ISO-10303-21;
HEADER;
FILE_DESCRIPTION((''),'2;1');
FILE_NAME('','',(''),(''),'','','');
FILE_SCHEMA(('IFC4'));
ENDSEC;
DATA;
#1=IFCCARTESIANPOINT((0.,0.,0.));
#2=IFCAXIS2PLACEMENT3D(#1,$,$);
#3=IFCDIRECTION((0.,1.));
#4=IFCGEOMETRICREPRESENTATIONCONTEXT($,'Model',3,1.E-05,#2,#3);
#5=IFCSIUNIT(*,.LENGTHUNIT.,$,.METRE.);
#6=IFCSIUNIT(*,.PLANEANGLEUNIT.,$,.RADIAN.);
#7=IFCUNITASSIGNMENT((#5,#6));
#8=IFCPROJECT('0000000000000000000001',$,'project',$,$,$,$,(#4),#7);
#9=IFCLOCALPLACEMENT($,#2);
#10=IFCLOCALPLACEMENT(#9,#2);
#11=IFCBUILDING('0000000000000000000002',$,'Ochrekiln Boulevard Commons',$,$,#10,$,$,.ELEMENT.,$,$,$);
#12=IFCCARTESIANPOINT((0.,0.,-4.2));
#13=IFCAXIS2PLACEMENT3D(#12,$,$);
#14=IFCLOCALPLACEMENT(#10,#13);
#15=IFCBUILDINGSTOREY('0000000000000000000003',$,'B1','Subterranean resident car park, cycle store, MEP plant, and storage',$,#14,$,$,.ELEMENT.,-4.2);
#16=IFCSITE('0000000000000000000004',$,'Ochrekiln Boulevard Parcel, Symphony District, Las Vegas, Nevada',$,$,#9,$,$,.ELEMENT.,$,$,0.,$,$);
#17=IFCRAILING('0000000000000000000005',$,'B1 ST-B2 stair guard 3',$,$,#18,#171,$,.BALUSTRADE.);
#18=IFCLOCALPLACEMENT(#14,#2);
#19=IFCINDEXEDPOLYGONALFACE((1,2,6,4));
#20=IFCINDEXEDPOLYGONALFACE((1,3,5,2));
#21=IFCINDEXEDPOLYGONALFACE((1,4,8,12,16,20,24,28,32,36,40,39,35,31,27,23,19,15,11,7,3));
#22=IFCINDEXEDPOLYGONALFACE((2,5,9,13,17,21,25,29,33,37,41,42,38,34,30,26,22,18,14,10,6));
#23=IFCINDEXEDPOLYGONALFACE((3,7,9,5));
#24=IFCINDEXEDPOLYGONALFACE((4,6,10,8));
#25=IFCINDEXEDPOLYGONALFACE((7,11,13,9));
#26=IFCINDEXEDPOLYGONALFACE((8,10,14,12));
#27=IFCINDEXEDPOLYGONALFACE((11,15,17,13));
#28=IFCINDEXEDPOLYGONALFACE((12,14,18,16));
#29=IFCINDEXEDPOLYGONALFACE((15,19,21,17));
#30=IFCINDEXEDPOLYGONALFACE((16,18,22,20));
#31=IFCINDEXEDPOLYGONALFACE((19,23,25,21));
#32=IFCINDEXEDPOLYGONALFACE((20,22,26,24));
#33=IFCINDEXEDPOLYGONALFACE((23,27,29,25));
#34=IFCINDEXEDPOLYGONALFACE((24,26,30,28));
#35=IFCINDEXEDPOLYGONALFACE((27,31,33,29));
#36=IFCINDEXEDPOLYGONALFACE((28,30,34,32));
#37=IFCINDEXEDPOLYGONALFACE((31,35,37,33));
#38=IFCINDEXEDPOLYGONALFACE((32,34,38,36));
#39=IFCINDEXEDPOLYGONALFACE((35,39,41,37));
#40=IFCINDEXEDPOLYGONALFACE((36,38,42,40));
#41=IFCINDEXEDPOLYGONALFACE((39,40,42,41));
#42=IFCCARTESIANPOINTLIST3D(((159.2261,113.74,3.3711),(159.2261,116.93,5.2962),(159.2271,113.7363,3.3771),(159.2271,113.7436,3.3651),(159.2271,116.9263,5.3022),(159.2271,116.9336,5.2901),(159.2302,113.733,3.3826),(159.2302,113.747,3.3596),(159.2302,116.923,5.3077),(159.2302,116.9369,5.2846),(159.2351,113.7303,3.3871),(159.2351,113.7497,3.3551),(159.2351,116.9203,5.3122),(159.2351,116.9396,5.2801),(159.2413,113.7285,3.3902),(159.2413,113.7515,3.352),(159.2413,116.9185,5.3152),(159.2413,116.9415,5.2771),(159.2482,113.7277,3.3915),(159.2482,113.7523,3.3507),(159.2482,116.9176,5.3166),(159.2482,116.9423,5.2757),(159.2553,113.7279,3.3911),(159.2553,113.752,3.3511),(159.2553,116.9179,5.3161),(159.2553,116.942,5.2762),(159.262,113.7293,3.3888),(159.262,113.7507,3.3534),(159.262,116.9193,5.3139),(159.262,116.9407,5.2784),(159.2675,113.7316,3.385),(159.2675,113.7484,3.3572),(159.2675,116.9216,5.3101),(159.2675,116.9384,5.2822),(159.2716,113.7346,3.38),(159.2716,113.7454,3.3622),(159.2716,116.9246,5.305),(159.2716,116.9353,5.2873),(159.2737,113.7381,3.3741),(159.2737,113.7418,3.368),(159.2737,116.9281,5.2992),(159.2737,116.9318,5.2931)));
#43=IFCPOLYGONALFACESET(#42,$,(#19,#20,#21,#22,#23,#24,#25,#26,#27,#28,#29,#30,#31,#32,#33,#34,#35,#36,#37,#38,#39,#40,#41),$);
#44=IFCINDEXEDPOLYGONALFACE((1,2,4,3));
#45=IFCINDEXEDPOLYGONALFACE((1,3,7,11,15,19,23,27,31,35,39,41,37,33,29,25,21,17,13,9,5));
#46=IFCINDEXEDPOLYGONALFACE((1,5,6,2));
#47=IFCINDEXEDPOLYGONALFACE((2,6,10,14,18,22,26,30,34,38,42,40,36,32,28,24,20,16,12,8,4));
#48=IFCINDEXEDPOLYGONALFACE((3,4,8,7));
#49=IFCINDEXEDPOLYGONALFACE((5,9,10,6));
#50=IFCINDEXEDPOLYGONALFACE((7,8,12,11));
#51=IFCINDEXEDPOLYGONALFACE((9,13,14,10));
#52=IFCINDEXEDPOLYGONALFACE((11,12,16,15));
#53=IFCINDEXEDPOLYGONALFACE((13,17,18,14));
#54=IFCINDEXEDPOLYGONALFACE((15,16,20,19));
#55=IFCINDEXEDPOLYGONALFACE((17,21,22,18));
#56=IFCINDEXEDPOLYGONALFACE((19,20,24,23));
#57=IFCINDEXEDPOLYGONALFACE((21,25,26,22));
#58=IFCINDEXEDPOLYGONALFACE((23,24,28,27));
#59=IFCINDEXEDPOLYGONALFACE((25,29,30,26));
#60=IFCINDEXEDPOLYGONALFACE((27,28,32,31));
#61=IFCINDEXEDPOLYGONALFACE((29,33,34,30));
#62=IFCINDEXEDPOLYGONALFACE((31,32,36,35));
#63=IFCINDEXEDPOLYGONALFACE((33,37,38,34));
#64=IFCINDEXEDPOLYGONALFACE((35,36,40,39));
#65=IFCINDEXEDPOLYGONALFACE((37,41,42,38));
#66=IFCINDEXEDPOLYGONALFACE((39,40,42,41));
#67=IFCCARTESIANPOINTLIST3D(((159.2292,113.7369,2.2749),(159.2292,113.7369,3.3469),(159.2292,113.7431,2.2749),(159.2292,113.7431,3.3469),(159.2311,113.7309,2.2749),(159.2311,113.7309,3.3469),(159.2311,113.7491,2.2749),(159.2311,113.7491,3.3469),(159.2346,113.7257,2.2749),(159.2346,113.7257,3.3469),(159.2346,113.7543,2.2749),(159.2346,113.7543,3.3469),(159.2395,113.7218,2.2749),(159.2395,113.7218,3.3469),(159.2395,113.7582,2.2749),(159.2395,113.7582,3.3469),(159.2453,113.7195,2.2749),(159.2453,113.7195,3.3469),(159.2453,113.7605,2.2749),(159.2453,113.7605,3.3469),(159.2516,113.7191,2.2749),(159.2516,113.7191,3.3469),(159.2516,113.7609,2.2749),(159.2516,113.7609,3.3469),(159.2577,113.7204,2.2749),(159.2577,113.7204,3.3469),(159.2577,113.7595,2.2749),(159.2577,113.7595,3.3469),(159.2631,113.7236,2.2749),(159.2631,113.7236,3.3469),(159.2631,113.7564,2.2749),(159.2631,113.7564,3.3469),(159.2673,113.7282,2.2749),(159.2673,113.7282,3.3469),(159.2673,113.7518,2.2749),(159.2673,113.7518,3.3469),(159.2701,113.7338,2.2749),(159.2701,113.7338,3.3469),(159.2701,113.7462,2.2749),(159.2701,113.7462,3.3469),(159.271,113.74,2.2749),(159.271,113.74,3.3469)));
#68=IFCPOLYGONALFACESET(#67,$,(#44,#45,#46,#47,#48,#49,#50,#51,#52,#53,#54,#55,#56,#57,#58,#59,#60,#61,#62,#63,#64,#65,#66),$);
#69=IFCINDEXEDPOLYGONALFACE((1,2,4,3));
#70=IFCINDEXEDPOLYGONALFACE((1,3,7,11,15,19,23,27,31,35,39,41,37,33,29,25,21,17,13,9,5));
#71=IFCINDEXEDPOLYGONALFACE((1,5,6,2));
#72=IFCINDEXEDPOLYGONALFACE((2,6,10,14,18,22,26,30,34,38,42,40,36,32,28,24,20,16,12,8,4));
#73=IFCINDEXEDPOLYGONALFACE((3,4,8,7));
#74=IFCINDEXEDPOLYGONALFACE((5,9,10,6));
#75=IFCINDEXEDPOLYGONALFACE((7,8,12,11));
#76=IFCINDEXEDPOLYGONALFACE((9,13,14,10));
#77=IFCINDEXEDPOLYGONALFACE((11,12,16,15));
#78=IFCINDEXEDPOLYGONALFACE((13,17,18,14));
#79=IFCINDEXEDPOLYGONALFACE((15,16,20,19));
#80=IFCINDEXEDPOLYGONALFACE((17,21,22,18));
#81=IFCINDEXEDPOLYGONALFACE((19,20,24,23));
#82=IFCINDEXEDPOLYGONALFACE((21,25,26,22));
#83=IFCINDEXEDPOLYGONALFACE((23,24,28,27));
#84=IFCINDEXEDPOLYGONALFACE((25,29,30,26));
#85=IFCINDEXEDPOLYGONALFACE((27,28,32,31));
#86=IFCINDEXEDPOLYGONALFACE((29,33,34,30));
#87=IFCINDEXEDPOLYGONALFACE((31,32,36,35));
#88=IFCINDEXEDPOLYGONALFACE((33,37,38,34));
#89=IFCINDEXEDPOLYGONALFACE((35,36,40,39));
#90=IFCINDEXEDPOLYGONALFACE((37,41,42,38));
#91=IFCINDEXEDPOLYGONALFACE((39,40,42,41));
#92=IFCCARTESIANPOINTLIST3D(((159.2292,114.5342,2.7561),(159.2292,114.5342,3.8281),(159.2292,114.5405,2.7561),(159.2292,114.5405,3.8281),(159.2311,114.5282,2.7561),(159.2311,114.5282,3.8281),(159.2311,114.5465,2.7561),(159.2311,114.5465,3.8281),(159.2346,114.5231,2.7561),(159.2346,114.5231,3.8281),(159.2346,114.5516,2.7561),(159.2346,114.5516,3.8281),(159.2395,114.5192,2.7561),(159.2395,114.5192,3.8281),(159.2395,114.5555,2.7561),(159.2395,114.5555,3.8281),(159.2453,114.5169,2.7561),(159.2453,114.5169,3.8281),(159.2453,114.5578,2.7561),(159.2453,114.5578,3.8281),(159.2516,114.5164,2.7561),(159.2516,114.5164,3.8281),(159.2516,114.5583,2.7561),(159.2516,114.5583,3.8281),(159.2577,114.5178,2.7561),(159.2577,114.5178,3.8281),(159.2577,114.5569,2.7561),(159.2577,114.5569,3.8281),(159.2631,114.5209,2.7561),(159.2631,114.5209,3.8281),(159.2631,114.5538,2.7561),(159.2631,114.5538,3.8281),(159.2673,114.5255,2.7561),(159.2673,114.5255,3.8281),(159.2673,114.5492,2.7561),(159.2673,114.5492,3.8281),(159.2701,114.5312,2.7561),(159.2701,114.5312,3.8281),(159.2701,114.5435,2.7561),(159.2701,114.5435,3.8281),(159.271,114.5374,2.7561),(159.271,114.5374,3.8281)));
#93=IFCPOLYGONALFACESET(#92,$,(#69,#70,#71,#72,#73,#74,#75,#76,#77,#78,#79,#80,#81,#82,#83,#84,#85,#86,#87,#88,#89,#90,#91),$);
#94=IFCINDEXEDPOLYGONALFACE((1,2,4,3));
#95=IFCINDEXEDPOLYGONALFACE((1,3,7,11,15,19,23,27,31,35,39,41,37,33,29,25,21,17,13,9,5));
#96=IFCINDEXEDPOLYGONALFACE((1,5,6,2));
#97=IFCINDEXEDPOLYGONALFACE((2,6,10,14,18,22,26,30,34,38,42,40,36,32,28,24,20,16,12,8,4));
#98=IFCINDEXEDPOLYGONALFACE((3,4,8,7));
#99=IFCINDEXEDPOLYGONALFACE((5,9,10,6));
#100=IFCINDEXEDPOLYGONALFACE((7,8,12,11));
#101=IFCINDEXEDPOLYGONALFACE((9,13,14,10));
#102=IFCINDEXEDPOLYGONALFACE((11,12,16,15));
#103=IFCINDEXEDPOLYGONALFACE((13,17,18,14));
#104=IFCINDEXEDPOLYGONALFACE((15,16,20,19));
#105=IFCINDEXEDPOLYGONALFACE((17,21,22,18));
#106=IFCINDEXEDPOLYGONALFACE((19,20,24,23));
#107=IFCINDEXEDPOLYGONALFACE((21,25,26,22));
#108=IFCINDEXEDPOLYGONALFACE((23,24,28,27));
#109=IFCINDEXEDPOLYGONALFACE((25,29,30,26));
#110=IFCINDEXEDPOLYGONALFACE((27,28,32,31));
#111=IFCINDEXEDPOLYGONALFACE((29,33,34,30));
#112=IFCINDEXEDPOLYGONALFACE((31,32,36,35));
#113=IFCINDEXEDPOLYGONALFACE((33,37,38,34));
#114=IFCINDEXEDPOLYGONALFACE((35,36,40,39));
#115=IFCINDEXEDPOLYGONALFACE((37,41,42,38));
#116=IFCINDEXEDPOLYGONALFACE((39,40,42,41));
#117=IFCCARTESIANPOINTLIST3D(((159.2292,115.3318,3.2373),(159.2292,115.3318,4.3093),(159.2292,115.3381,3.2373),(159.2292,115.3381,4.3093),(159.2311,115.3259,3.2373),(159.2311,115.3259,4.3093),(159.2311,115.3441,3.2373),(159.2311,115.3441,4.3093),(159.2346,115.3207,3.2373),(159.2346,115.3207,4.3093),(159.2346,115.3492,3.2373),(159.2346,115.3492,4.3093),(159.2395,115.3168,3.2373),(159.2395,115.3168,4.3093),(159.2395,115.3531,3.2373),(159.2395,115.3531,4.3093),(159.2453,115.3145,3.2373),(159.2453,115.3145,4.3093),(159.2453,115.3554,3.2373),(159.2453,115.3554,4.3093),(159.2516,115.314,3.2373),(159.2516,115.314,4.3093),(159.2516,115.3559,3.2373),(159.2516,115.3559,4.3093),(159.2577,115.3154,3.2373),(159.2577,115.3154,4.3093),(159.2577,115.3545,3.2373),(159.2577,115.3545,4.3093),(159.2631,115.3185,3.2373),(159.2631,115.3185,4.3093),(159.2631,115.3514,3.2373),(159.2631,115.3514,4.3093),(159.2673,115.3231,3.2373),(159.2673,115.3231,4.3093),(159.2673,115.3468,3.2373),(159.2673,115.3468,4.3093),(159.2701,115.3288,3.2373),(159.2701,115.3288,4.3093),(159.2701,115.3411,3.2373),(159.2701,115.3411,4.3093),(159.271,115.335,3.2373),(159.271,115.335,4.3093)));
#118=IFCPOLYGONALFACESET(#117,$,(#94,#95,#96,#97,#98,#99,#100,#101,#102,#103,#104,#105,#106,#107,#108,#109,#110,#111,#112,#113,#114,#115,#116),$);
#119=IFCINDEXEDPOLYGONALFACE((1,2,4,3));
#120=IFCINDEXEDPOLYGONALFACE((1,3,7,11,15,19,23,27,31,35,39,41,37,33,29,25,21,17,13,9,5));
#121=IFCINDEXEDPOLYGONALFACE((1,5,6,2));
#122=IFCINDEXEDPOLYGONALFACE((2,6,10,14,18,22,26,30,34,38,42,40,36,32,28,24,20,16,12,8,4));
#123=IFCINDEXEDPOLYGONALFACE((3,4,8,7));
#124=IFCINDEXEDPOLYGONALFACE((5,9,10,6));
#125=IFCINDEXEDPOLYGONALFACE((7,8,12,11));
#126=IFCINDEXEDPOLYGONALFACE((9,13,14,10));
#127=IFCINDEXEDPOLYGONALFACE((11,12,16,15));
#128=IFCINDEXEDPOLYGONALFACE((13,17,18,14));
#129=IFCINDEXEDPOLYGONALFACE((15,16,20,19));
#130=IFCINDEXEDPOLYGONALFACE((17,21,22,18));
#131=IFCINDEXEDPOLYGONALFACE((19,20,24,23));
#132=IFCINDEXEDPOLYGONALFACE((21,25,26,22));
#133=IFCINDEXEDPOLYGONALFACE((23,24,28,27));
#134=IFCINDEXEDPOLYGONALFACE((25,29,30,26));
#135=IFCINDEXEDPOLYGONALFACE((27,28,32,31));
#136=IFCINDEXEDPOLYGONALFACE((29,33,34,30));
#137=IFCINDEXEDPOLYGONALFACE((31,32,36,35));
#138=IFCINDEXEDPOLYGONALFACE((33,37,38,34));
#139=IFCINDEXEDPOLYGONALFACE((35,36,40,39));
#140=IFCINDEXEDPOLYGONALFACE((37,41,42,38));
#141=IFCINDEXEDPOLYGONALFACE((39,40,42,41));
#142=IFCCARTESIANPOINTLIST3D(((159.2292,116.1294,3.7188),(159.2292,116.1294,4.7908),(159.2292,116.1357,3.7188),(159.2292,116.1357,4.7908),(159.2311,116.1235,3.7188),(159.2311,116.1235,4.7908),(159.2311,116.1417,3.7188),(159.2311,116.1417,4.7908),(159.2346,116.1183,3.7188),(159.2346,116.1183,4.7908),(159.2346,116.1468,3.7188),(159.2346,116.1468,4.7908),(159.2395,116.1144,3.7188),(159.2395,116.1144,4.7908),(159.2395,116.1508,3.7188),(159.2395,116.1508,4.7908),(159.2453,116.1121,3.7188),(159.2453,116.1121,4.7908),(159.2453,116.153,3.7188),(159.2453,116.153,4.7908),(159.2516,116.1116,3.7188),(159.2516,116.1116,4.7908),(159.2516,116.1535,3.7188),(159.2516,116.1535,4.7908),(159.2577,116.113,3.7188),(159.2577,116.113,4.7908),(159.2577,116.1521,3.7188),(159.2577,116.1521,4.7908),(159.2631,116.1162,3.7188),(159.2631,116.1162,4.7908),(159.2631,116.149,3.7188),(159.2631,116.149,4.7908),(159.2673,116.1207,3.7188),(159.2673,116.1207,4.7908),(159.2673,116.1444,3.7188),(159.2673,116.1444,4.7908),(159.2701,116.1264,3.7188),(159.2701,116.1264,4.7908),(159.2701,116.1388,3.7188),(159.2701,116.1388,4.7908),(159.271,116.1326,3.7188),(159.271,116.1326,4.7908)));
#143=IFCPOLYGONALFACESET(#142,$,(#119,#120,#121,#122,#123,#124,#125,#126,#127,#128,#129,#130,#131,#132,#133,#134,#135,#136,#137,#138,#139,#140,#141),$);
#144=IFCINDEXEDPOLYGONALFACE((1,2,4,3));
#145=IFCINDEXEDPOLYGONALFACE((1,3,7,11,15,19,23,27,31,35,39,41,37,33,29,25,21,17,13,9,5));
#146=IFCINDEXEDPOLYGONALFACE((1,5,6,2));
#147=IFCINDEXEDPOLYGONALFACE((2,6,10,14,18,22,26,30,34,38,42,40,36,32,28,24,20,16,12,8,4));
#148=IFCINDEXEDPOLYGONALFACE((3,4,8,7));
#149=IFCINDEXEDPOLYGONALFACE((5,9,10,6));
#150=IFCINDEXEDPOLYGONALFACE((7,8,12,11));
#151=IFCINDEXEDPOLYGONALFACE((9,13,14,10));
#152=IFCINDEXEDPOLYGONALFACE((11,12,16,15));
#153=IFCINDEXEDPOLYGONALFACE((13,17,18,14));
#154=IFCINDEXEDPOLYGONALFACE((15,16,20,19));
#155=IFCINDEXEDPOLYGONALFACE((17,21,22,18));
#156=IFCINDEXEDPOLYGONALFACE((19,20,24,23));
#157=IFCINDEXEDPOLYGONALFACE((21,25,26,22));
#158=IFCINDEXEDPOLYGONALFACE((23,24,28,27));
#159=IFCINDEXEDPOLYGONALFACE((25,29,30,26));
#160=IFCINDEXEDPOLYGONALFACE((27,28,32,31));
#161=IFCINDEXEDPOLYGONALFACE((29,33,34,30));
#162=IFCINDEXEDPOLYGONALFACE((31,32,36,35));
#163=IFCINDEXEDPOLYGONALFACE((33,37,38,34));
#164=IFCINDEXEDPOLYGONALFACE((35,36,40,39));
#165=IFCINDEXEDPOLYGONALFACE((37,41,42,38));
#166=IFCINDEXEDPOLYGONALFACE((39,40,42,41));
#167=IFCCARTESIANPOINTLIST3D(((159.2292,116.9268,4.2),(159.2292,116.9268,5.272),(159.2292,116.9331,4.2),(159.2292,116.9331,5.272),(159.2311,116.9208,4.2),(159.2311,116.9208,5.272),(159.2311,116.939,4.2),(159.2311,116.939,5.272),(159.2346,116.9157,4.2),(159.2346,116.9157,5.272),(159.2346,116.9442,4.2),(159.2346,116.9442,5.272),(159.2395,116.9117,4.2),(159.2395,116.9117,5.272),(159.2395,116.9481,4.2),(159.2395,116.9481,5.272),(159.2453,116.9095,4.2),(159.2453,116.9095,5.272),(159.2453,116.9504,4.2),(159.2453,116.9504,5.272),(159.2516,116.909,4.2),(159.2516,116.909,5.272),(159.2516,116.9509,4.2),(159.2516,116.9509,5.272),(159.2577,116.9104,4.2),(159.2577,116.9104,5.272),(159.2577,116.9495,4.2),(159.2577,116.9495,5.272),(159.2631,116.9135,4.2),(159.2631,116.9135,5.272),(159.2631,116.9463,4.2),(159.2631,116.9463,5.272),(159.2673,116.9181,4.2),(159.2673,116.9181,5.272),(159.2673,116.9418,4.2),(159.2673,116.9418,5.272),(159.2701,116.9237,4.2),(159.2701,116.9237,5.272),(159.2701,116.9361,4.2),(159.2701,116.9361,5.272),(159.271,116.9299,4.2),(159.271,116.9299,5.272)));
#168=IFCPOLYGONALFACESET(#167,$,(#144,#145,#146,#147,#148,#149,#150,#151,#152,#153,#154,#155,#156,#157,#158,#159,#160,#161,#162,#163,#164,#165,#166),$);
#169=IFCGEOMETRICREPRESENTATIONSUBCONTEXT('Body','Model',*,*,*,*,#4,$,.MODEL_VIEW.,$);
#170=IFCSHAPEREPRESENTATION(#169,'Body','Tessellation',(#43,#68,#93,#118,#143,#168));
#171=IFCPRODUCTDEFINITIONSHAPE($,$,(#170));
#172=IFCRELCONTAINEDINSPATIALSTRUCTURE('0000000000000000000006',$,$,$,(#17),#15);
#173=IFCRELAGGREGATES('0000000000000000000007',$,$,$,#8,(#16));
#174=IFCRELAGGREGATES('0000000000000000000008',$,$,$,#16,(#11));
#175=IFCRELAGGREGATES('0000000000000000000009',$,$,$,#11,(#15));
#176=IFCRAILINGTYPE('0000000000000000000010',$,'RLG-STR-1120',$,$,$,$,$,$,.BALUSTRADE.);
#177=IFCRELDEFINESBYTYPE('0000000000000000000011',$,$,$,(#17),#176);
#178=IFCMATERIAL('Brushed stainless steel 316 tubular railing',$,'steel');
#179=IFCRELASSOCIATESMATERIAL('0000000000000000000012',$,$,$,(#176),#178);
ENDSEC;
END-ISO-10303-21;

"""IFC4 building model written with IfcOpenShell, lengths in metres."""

from ifc_helpers import new_model, si_unit, direction, frame, origin, origin_2d, place, context, subcontext, project, spatial, circle, extrude, material, type_object, element, save


model = new_model("IFC4")

# Units and contexts
model_context = context("Model", 3, precision=1e-05, world=origin(), true_north=direction((0.0, 1.0)))
body_context = subcontext(model_context, "Body", "Model", "MODEL_VIEW")
ifc_project = project(units=[si_unit("LENGTHUNIT", "METRE"), si_unit("PLANEANGLEUNIT", "RADIAN")], contexts=[model_context])

# Site, building, storey
site_placement = place(None, origin())
site = spatial("IfcSite", under=ifc_project, at=site_placement, Name="Ochrekiln Boulevard Parcel, Symphony District, Las Vegas, Nevada", CompositionType="ELEMENT", RefElevation=0.0)
building_placement = place(site_placement, origin())
building = spatial("IfcBuilding", under=site, at=building_placement, Name="Ochrekiln Boulevard Commons", CompositionType="ELEMENT")
storey_placement = place(building_placement, frame((0.0, 0.0, -4.2)))
storey = spatial("IfcBuildingStorey", under=building, at=storey_placement, Name="B1", Description="Subterranean resident car park, cycle store, MEP plant, and storage", CompositionType="ELEMENT", Elevation=-4.2)

# Railing
ifc_material_1 = material(Name="Brushed stainless steel 316 tubular railing", Category="steel")
railing_type_1 = type_object("IfcRailingType", Name="RLG-STR-1120", PredefinedType="BALUSTRADE", material=ifc_material_1)
railing_1_placement = place(storey_placement, frame((159.25, 113.74, 2.2749)))
element("IfcRailing", 1, at=railing_1_placement, inside=storey, type_object=railing_type_1, Name="B1 ST-B2 stair guard 3", PredefinedType="BALUSTRADE", context=body_context, shape_type="SweptSolid", body=[
    extrude(circle(Radius=0.0239, at=origin_2d()), frame((0.0, 0.0, 1.0962), z_axis=(0.0, 0.856178, 0.516682), x_axis=(-1.0, 0.0, 0.0)), (0.0, 0.0, 1.0), 3.7258),
    extrude(circle(Radius=0.021, at=origin_2d()), origin(), (0.0, 0.0, 1.0), 1.072),
    extrude(circle(Radius=0.021, at=origin_2d()), frame((0.0, 0.7974, 0.4812)), (0.0, 0.0, 1.0), 1.072),
    extrude(circle(Radius=0.021, at=origin_2d()), frame((0.0, 1.595, 0.9624)), (0.0, 0.0, 1.0), 1.072),
    extrude(circle(Radius=0.021, at=origin_2d()), frame((0.0, 2.3926, 1.4438)), (0.0, 0.0, 1.0), 1.072),
    extrude(circle(Radius=0.021, at=origin_2d()), frame((0.0, 3.1899, 1.925)), (0.0, 0.0, 1.0), 1.072),
])

save(model, "model.ifc")
